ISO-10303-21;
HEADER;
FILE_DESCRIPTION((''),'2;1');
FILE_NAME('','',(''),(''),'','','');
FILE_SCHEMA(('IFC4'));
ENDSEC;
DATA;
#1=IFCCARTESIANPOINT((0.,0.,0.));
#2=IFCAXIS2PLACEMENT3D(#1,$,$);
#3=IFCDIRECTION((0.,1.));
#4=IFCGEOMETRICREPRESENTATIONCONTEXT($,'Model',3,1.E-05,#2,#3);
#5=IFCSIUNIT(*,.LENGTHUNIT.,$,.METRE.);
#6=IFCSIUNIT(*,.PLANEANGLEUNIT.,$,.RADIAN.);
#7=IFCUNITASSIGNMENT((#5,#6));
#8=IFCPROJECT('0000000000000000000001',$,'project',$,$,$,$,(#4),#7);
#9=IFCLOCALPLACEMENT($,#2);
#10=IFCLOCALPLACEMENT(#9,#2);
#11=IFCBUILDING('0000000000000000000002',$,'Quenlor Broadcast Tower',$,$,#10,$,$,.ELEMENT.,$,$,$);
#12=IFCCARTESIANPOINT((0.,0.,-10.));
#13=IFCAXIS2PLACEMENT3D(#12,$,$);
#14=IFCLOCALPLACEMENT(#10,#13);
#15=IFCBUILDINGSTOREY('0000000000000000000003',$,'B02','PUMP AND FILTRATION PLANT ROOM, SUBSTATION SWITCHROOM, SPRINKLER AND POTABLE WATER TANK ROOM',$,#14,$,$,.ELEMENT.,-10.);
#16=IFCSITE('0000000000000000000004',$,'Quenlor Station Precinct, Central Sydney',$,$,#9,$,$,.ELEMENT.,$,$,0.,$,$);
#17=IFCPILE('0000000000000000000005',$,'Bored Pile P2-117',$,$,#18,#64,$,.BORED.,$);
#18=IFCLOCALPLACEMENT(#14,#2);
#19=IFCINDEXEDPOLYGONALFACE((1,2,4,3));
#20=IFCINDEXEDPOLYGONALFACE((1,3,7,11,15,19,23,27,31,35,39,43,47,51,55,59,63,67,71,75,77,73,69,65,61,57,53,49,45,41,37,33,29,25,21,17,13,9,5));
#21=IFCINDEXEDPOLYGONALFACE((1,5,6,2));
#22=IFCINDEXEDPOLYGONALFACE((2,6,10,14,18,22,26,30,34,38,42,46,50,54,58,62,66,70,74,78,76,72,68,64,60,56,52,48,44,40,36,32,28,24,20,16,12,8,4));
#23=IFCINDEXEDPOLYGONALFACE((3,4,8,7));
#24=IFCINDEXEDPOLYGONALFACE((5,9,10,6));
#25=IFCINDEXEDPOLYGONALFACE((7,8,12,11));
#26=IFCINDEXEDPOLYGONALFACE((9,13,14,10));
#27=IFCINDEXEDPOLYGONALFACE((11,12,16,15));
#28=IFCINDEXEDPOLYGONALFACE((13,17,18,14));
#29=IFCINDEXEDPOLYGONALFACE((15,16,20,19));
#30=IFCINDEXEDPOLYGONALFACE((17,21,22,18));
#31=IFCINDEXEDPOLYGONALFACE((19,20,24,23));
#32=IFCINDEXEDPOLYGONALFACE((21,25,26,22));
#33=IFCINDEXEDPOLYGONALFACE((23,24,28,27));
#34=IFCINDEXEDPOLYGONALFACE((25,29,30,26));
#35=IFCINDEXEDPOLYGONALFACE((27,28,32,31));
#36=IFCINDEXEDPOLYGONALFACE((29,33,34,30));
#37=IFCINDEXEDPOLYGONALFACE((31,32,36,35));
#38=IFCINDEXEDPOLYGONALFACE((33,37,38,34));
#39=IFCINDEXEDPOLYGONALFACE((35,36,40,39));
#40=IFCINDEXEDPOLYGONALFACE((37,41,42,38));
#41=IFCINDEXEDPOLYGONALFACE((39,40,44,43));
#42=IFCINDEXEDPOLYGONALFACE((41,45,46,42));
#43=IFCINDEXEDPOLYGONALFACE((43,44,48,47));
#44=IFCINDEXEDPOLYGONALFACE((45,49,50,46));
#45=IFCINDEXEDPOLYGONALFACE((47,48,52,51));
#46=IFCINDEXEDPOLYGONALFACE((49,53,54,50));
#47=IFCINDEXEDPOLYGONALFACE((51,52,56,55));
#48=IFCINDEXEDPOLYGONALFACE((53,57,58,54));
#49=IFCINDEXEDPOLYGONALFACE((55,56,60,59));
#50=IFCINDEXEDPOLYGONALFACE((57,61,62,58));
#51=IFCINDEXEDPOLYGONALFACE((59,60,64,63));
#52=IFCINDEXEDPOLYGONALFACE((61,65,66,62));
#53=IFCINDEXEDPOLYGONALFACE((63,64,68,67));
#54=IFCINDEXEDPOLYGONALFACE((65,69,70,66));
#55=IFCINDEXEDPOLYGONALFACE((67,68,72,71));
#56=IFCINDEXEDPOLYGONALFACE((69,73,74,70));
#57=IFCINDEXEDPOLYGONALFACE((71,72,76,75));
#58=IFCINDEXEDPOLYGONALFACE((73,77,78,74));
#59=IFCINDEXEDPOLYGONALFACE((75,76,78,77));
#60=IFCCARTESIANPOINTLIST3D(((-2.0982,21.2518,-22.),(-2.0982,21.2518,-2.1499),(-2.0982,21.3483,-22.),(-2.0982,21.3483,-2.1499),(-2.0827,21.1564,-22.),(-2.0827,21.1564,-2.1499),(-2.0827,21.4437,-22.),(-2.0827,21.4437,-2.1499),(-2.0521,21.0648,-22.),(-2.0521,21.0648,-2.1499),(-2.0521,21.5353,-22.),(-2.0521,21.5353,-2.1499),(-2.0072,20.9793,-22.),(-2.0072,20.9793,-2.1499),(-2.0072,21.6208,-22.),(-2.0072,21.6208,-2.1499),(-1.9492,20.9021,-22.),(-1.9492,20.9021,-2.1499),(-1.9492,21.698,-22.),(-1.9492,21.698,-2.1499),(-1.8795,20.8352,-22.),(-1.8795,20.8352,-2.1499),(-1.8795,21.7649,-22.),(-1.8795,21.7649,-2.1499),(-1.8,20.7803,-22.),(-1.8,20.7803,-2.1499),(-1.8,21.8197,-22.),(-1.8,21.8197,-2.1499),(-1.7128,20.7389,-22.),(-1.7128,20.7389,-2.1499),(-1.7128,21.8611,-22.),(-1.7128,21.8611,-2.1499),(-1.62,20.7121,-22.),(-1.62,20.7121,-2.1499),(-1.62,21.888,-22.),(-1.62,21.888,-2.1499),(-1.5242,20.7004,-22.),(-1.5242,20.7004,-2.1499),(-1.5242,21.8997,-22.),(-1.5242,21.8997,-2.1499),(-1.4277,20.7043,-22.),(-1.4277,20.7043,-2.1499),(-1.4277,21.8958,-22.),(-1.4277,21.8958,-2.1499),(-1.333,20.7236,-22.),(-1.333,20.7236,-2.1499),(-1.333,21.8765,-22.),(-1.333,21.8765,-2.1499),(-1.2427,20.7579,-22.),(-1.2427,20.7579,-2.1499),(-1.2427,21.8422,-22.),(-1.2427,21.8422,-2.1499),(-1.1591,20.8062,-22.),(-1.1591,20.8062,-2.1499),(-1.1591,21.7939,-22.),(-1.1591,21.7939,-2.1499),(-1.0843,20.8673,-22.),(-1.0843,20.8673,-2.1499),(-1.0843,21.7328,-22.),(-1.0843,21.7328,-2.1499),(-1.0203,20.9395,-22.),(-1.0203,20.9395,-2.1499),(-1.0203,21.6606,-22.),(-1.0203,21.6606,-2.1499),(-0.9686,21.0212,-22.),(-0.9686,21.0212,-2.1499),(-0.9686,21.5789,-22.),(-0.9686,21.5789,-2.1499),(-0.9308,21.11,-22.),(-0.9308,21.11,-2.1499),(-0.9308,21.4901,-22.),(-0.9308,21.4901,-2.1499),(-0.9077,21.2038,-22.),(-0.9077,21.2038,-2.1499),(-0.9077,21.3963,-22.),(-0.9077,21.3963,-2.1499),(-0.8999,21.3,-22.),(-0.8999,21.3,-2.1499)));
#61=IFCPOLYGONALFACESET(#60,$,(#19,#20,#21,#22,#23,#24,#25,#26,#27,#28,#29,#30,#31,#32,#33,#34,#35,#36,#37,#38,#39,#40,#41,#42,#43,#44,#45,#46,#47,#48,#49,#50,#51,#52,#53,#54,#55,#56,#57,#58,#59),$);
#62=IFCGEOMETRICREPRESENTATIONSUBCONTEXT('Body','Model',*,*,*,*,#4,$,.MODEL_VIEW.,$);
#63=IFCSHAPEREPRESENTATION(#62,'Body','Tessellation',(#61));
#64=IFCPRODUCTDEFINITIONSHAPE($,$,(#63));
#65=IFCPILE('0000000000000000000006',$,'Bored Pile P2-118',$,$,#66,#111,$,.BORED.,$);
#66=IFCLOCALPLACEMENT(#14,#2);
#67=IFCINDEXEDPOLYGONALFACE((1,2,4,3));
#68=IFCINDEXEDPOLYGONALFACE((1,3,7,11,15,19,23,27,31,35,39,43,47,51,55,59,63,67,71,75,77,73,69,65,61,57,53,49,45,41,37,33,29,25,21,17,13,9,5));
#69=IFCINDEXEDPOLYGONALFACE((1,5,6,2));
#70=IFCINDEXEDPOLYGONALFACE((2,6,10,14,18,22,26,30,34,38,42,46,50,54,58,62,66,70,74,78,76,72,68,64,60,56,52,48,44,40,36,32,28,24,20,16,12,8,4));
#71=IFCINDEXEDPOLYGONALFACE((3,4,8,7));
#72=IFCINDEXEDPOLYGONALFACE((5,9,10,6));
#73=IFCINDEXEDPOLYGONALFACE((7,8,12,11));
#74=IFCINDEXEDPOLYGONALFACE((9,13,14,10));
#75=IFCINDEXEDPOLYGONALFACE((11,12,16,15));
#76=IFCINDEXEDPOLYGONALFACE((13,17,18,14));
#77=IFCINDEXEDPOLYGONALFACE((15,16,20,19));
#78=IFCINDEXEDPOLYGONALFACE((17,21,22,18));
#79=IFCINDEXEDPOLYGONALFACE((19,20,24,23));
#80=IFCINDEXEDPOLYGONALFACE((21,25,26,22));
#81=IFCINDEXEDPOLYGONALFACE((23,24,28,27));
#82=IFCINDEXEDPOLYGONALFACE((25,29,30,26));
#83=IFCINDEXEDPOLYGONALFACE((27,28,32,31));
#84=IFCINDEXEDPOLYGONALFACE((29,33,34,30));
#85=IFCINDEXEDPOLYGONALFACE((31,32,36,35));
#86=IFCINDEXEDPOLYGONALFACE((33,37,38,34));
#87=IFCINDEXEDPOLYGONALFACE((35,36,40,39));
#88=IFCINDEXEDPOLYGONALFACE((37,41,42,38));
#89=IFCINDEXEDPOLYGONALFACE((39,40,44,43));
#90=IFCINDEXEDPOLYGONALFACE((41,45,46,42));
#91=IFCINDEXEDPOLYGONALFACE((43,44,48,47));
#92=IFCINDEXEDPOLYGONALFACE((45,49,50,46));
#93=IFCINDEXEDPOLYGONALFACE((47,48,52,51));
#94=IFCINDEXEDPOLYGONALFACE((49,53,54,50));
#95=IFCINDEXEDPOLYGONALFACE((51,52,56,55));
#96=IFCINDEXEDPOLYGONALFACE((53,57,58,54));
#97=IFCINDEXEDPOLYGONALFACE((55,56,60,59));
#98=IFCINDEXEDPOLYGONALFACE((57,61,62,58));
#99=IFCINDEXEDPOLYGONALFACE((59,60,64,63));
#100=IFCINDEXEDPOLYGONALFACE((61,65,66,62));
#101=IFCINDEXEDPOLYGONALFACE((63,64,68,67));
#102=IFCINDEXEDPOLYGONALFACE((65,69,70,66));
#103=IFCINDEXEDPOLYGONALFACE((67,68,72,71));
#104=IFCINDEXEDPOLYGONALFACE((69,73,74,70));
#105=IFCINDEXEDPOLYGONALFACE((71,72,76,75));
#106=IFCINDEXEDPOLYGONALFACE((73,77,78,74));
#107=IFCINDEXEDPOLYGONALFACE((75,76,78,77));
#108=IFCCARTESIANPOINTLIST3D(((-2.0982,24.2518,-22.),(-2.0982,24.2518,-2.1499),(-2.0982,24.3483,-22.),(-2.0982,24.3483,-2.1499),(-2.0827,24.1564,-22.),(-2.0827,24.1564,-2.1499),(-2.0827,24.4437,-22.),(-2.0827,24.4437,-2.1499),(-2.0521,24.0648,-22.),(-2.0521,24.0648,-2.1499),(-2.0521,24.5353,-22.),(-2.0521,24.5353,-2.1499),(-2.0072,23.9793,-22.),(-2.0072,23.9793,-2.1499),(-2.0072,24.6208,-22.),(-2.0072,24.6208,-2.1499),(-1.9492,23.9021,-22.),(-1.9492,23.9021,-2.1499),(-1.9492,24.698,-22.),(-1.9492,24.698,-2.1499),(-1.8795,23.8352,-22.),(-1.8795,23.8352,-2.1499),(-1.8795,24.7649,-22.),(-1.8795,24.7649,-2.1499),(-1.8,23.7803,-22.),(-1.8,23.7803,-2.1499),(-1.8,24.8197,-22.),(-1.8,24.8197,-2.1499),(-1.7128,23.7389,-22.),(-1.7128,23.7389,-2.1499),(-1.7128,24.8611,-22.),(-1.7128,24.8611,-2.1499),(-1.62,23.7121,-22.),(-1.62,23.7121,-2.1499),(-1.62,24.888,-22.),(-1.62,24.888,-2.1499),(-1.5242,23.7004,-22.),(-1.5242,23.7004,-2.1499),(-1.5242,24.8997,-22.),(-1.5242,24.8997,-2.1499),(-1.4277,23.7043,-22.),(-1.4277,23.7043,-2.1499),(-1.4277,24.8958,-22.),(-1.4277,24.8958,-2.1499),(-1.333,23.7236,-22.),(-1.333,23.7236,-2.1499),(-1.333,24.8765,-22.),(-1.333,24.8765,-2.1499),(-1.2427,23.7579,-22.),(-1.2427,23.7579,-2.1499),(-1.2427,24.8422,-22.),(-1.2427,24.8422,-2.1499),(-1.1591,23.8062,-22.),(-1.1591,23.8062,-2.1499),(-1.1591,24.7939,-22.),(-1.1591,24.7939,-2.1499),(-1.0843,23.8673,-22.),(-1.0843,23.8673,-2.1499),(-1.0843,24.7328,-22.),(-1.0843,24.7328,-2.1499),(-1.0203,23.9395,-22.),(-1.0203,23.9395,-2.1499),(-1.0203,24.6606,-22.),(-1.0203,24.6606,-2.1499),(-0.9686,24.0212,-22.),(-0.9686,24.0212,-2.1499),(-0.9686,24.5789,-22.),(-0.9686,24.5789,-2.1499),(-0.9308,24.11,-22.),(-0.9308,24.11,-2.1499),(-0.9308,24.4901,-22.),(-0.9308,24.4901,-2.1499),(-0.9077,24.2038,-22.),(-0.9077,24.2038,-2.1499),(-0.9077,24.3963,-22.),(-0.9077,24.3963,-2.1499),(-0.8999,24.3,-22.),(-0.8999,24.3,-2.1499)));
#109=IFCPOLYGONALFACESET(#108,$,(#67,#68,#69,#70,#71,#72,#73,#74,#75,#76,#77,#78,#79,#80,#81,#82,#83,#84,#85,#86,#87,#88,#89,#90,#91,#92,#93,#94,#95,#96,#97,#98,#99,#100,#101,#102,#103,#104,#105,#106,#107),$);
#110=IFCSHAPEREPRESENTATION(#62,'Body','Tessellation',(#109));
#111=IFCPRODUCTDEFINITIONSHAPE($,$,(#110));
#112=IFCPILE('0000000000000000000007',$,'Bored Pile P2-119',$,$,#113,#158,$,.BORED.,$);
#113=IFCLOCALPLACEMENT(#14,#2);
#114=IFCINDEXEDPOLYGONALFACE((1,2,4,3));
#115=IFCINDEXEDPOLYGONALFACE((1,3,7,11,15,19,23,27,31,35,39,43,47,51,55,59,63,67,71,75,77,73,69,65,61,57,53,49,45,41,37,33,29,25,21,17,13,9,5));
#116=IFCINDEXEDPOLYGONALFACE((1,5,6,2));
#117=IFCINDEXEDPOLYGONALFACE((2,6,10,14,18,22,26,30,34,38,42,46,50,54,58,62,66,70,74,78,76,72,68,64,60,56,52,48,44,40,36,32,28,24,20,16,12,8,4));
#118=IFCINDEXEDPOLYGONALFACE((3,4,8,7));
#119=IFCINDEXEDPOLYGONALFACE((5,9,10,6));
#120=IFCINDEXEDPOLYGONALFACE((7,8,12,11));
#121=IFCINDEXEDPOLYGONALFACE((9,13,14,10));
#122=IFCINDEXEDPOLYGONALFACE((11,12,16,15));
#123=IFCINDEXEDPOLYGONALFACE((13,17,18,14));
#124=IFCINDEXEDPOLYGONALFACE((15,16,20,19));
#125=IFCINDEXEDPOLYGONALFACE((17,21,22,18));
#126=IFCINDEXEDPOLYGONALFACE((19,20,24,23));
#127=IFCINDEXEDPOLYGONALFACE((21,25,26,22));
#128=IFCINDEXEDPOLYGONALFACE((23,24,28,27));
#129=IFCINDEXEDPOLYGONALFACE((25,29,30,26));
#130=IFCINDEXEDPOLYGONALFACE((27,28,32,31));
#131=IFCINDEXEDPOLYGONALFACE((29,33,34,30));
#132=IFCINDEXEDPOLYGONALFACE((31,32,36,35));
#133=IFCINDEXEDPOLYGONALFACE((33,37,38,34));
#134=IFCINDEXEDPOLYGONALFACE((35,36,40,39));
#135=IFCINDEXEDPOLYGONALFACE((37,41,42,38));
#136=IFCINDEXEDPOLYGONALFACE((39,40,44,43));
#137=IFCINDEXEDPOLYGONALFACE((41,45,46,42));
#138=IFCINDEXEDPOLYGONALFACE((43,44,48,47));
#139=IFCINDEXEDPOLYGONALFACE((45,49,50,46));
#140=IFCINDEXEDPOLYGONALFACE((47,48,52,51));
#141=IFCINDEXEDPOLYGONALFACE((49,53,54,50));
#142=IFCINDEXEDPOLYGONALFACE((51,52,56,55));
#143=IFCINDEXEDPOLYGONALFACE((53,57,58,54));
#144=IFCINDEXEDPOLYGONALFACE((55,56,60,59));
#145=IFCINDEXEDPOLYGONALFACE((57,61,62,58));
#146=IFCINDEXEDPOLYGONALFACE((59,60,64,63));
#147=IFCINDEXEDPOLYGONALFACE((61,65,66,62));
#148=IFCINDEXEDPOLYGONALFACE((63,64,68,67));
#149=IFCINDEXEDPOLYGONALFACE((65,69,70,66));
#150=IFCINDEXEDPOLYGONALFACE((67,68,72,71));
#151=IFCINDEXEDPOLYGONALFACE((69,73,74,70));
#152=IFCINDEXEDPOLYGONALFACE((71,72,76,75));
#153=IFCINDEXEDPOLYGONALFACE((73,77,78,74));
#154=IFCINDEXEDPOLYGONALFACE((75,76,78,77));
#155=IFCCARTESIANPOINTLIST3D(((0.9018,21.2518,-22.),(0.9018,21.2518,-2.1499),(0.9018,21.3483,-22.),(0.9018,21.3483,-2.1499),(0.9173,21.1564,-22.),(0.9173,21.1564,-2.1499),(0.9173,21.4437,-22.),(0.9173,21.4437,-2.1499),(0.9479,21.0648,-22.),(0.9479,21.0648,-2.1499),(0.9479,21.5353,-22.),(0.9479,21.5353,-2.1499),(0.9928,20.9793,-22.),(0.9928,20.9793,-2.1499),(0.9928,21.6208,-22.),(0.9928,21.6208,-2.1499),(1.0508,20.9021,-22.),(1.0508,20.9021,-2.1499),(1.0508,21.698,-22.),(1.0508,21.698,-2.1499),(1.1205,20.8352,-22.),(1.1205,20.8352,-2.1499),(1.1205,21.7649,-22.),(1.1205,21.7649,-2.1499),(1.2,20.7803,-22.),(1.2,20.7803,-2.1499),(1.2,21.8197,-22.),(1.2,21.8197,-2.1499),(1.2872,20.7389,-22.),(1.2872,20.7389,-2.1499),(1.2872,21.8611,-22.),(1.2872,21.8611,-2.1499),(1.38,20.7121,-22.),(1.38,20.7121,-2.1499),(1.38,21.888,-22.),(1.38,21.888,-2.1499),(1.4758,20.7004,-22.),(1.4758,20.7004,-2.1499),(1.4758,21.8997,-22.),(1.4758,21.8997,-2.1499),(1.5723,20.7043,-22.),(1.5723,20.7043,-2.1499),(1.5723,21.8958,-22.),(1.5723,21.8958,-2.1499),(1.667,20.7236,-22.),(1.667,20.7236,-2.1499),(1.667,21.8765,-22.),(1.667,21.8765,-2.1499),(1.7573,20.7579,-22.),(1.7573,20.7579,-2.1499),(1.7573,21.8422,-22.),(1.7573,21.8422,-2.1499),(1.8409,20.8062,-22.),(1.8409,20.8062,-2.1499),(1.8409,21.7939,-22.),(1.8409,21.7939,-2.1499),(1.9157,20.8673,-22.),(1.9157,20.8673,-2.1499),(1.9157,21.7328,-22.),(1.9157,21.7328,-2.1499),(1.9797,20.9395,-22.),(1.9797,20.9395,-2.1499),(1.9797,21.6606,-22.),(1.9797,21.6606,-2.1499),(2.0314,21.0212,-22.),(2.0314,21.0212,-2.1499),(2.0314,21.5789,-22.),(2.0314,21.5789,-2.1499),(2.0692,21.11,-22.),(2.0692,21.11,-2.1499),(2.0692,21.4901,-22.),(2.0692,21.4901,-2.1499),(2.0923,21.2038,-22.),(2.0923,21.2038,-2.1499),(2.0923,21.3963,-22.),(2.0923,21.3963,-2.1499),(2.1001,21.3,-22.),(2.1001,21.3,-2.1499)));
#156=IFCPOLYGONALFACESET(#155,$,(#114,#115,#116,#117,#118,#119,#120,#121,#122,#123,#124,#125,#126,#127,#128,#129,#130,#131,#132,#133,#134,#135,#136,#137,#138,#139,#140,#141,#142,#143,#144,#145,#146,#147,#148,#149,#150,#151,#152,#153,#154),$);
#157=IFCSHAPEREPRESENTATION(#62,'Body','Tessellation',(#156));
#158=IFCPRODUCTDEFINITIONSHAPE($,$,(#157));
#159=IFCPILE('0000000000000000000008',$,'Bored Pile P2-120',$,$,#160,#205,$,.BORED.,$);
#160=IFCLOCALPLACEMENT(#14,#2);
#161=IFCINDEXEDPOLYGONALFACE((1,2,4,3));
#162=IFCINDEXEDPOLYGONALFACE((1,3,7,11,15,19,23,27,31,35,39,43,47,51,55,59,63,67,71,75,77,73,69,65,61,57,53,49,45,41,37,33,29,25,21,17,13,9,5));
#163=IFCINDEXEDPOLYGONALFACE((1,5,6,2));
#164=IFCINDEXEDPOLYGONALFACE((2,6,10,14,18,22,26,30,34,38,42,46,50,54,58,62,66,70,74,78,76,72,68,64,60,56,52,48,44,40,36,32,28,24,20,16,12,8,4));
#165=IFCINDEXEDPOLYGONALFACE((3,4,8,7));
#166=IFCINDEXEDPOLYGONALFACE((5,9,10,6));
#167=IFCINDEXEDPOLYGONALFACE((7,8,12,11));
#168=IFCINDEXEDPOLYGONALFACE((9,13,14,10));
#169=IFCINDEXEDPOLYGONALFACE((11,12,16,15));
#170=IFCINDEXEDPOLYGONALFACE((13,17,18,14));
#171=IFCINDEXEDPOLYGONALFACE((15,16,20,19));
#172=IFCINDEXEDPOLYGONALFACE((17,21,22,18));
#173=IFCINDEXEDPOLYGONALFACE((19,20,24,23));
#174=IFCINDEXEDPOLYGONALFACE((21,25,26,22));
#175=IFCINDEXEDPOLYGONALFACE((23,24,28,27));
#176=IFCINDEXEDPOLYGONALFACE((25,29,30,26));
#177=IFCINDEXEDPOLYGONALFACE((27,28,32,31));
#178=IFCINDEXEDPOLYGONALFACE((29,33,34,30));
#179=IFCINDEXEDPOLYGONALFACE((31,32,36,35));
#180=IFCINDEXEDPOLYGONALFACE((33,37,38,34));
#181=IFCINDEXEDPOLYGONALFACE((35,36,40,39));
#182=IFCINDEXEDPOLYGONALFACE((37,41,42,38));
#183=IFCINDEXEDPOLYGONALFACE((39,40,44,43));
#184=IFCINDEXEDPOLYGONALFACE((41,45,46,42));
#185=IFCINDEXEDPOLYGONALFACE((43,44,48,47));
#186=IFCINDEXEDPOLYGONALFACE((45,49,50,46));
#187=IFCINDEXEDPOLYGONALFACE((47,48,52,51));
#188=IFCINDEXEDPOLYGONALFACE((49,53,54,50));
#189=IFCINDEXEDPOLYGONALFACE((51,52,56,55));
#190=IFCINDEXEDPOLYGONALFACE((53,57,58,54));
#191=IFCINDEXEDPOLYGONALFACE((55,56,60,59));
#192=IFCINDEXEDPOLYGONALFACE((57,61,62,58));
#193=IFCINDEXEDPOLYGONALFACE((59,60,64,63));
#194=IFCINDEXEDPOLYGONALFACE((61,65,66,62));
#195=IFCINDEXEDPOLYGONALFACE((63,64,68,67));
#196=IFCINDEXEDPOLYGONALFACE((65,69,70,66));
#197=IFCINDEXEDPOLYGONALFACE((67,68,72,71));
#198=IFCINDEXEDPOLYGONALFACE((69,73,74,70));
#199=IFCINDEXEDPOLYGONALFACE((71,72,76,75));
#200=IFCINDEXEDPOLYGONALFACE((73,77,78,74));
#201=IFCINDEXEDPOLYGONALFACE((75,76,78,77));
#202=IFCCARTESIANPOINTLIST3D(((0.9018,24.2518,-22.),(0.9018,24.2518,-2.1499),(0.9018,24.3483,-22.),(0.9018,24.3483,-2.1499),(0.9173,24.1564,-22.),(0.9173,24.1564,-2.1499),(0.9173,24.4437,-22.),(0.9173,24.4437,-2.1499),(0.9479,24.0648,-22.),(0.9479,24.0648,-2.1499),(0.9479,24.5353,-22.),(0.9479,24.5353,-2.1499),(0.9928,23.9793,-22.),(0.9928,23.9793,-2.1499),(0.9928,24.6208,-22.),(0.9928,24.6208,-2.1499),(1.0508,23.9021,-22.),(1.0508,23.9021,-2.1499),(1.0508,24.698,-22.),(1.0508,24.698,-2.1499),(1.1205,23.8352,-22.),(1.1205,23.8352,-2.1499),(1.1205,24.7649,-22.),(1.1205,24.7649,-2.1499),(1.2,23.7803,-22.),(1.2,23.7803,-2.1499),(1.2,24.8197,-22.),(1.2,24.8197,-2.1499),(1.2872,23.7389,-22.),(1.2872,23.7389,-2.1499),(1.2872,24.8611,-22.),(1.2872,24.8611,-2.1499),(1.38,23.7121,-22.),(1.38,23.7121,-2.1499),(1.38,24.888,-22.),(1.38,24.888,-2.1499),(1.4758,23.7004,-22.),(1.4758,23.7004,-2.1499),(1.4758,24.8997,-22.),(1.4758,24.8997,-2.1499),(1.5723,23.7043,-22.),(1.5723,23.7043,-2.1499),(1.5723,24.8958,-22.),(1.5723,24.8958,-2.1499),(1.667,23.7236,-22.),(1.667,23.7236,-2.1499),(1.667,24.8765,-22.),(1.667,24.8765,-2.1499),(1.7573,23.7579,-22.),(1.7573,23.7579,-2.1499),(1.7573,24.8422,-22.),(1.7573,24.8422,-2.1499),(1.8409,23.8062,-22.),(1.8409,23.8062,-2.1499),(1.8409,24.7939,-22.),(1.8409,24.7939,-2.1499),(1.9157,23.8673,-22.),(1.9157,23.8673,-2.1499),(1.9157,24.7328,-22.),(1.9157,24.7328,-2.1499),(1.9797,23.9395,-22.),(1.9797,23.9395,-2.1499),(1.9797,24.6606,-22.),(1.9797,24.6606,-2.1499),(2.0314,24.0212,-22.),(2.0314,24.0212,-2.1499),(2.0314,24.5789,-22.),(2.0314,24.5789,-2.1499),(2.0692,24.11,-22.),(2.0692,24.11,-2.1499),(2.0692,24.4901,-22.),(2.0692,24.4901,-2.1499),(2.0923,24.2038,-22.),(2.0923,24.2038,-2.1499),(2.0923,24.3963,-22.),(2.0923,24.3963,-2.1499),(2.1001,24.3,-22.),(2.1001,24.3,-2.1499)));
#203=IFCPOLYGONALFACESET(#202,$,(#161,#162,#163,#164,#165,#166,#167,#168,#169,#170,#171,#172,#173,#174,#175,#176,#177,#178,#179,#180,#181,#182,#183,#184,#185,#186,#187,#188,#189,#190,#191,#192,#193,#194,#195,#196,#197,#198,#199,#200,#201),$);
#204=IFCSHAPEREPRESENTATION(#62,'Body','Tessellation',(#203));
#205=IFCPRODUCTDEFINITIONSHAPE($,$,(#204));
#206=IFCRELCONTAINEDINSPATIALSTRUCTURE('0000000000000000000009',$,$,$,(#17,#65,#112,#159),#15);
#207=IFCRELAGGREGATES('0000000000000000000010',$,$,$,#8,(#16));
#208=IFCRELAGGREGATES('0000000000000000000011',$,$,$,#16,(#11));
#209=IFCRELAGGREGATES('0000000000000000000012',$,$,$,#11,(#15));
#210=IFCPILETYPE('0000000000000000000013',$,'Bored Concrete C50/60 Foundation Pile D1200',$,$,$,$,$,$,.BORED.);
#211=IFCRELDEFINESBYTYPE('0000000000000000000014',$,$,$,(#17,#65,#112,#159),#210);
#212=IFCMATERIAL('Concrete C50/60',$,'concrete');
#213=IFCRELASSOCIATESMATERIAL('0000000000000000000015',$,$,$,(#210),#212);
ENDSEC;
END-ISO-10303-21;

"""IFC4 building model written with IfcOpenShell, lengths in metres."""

from ifc_helpers import new_model, si_unit, direction, frame, origin, origin_2d, place, context, subcontext, project, spatial, circle, extrude, material, material_profile, profile_set, type_object, element, save


model = new_model("IFC4")

# Units and contexts
model_context = context("Model", 3, precision=1e-05, world=origin(), true_north=direction((0.0, 1.0)))
body_context = subcontext(model_context, "Body", "Model", "MODEL_VIEW")
ifc_project = project(units=[si_unit("LENGTHUNIT", "METRE"), si_unit("PLANEANGLEUNIT", "RADIAN")], contexts=[model_context])

# Site, building, storey
site_placement = place(None, origin())
site = spatial("IfcSite", under=ifc_project, at=site_placement, Name="Quenlor Station Precinct, Central Sydney", CompositionType="ELEMENT", RefElevation=0.0)
building_placement = place(site_placement, origin())
building = spatial("IfcBuilding", under=site, at=building_placement, Name="Quenlor Broadcast Tower", CompositionType="ELEMENT")
storey_placement = place(building_placement, frame((0.0, 0.0, -10.0)))
storey = spatial("IfcBuildingStorey", under=building, at=storey_placement, Name="B02", Description="PUMP AND FILTRATION PLANT ROOM, SUBSTATION SWITCHROOM, SPRINKLER AND POTABLE WATER TANK ROOM", CompositionType="ELEMENT", Elevation=-10.0)

# Piles
ifc_material_1 = material(Name="Concrete C50/60", Category="concrete")
ifc_material_profile_1 = material_profile(ifc_material_1, circle(Radius=0.6001, at=origin_2d()))
ifc_profile_set_1 = profile_set([ifc_material_profile_1], Name="Concrete C50/60 PILE1200")
pile_type = type_object("IfcPileType", Name="Bored Concrete C50/60 Foundation Pile D1200", PredefinedType="BORED", material=ifc_profile_set_1)
for number, where, z_axis, x_axis, name in (
    (1, (-1.5, 21.3, -2.1499), (0.0, 0.0, -1.0), (1.0, 0.0, 0.0), "Bored Pile P2-117"),
    (2, (-1.5, 24.3, -2.1499), (0.0, 0.0, -1.0), (1.0, 0.0, 0.0), "Bored Pile P2-118"),
    (3, (1.5, 21.3, -2.1499), (0.0, 0.0, -1.0), (1.0, 0.0, 0.0), "Bored Pile P2-119"),
    (4, (1.5, 24.3, -2.1499), (0.0, 0.0, -1.0), (1.0, 0.0, 0.0), "Bored Pile P2-120"),
):
    element("IfcPile", number, at=place(storey_placement, frame(where, z_axis=z_axis, x_axis=x_axis)), inside=storey, type_object=pile_type, Name=name, PredefinedType="BORED", context=body_context, shape_type="SweptSolid", body=[
        extrude(circle(Radius=0.6001, at=origin_2d()), origin(), (0.0, 0.0, 1.0), 19.8501),
    ])

save(model, "model.ifc")
